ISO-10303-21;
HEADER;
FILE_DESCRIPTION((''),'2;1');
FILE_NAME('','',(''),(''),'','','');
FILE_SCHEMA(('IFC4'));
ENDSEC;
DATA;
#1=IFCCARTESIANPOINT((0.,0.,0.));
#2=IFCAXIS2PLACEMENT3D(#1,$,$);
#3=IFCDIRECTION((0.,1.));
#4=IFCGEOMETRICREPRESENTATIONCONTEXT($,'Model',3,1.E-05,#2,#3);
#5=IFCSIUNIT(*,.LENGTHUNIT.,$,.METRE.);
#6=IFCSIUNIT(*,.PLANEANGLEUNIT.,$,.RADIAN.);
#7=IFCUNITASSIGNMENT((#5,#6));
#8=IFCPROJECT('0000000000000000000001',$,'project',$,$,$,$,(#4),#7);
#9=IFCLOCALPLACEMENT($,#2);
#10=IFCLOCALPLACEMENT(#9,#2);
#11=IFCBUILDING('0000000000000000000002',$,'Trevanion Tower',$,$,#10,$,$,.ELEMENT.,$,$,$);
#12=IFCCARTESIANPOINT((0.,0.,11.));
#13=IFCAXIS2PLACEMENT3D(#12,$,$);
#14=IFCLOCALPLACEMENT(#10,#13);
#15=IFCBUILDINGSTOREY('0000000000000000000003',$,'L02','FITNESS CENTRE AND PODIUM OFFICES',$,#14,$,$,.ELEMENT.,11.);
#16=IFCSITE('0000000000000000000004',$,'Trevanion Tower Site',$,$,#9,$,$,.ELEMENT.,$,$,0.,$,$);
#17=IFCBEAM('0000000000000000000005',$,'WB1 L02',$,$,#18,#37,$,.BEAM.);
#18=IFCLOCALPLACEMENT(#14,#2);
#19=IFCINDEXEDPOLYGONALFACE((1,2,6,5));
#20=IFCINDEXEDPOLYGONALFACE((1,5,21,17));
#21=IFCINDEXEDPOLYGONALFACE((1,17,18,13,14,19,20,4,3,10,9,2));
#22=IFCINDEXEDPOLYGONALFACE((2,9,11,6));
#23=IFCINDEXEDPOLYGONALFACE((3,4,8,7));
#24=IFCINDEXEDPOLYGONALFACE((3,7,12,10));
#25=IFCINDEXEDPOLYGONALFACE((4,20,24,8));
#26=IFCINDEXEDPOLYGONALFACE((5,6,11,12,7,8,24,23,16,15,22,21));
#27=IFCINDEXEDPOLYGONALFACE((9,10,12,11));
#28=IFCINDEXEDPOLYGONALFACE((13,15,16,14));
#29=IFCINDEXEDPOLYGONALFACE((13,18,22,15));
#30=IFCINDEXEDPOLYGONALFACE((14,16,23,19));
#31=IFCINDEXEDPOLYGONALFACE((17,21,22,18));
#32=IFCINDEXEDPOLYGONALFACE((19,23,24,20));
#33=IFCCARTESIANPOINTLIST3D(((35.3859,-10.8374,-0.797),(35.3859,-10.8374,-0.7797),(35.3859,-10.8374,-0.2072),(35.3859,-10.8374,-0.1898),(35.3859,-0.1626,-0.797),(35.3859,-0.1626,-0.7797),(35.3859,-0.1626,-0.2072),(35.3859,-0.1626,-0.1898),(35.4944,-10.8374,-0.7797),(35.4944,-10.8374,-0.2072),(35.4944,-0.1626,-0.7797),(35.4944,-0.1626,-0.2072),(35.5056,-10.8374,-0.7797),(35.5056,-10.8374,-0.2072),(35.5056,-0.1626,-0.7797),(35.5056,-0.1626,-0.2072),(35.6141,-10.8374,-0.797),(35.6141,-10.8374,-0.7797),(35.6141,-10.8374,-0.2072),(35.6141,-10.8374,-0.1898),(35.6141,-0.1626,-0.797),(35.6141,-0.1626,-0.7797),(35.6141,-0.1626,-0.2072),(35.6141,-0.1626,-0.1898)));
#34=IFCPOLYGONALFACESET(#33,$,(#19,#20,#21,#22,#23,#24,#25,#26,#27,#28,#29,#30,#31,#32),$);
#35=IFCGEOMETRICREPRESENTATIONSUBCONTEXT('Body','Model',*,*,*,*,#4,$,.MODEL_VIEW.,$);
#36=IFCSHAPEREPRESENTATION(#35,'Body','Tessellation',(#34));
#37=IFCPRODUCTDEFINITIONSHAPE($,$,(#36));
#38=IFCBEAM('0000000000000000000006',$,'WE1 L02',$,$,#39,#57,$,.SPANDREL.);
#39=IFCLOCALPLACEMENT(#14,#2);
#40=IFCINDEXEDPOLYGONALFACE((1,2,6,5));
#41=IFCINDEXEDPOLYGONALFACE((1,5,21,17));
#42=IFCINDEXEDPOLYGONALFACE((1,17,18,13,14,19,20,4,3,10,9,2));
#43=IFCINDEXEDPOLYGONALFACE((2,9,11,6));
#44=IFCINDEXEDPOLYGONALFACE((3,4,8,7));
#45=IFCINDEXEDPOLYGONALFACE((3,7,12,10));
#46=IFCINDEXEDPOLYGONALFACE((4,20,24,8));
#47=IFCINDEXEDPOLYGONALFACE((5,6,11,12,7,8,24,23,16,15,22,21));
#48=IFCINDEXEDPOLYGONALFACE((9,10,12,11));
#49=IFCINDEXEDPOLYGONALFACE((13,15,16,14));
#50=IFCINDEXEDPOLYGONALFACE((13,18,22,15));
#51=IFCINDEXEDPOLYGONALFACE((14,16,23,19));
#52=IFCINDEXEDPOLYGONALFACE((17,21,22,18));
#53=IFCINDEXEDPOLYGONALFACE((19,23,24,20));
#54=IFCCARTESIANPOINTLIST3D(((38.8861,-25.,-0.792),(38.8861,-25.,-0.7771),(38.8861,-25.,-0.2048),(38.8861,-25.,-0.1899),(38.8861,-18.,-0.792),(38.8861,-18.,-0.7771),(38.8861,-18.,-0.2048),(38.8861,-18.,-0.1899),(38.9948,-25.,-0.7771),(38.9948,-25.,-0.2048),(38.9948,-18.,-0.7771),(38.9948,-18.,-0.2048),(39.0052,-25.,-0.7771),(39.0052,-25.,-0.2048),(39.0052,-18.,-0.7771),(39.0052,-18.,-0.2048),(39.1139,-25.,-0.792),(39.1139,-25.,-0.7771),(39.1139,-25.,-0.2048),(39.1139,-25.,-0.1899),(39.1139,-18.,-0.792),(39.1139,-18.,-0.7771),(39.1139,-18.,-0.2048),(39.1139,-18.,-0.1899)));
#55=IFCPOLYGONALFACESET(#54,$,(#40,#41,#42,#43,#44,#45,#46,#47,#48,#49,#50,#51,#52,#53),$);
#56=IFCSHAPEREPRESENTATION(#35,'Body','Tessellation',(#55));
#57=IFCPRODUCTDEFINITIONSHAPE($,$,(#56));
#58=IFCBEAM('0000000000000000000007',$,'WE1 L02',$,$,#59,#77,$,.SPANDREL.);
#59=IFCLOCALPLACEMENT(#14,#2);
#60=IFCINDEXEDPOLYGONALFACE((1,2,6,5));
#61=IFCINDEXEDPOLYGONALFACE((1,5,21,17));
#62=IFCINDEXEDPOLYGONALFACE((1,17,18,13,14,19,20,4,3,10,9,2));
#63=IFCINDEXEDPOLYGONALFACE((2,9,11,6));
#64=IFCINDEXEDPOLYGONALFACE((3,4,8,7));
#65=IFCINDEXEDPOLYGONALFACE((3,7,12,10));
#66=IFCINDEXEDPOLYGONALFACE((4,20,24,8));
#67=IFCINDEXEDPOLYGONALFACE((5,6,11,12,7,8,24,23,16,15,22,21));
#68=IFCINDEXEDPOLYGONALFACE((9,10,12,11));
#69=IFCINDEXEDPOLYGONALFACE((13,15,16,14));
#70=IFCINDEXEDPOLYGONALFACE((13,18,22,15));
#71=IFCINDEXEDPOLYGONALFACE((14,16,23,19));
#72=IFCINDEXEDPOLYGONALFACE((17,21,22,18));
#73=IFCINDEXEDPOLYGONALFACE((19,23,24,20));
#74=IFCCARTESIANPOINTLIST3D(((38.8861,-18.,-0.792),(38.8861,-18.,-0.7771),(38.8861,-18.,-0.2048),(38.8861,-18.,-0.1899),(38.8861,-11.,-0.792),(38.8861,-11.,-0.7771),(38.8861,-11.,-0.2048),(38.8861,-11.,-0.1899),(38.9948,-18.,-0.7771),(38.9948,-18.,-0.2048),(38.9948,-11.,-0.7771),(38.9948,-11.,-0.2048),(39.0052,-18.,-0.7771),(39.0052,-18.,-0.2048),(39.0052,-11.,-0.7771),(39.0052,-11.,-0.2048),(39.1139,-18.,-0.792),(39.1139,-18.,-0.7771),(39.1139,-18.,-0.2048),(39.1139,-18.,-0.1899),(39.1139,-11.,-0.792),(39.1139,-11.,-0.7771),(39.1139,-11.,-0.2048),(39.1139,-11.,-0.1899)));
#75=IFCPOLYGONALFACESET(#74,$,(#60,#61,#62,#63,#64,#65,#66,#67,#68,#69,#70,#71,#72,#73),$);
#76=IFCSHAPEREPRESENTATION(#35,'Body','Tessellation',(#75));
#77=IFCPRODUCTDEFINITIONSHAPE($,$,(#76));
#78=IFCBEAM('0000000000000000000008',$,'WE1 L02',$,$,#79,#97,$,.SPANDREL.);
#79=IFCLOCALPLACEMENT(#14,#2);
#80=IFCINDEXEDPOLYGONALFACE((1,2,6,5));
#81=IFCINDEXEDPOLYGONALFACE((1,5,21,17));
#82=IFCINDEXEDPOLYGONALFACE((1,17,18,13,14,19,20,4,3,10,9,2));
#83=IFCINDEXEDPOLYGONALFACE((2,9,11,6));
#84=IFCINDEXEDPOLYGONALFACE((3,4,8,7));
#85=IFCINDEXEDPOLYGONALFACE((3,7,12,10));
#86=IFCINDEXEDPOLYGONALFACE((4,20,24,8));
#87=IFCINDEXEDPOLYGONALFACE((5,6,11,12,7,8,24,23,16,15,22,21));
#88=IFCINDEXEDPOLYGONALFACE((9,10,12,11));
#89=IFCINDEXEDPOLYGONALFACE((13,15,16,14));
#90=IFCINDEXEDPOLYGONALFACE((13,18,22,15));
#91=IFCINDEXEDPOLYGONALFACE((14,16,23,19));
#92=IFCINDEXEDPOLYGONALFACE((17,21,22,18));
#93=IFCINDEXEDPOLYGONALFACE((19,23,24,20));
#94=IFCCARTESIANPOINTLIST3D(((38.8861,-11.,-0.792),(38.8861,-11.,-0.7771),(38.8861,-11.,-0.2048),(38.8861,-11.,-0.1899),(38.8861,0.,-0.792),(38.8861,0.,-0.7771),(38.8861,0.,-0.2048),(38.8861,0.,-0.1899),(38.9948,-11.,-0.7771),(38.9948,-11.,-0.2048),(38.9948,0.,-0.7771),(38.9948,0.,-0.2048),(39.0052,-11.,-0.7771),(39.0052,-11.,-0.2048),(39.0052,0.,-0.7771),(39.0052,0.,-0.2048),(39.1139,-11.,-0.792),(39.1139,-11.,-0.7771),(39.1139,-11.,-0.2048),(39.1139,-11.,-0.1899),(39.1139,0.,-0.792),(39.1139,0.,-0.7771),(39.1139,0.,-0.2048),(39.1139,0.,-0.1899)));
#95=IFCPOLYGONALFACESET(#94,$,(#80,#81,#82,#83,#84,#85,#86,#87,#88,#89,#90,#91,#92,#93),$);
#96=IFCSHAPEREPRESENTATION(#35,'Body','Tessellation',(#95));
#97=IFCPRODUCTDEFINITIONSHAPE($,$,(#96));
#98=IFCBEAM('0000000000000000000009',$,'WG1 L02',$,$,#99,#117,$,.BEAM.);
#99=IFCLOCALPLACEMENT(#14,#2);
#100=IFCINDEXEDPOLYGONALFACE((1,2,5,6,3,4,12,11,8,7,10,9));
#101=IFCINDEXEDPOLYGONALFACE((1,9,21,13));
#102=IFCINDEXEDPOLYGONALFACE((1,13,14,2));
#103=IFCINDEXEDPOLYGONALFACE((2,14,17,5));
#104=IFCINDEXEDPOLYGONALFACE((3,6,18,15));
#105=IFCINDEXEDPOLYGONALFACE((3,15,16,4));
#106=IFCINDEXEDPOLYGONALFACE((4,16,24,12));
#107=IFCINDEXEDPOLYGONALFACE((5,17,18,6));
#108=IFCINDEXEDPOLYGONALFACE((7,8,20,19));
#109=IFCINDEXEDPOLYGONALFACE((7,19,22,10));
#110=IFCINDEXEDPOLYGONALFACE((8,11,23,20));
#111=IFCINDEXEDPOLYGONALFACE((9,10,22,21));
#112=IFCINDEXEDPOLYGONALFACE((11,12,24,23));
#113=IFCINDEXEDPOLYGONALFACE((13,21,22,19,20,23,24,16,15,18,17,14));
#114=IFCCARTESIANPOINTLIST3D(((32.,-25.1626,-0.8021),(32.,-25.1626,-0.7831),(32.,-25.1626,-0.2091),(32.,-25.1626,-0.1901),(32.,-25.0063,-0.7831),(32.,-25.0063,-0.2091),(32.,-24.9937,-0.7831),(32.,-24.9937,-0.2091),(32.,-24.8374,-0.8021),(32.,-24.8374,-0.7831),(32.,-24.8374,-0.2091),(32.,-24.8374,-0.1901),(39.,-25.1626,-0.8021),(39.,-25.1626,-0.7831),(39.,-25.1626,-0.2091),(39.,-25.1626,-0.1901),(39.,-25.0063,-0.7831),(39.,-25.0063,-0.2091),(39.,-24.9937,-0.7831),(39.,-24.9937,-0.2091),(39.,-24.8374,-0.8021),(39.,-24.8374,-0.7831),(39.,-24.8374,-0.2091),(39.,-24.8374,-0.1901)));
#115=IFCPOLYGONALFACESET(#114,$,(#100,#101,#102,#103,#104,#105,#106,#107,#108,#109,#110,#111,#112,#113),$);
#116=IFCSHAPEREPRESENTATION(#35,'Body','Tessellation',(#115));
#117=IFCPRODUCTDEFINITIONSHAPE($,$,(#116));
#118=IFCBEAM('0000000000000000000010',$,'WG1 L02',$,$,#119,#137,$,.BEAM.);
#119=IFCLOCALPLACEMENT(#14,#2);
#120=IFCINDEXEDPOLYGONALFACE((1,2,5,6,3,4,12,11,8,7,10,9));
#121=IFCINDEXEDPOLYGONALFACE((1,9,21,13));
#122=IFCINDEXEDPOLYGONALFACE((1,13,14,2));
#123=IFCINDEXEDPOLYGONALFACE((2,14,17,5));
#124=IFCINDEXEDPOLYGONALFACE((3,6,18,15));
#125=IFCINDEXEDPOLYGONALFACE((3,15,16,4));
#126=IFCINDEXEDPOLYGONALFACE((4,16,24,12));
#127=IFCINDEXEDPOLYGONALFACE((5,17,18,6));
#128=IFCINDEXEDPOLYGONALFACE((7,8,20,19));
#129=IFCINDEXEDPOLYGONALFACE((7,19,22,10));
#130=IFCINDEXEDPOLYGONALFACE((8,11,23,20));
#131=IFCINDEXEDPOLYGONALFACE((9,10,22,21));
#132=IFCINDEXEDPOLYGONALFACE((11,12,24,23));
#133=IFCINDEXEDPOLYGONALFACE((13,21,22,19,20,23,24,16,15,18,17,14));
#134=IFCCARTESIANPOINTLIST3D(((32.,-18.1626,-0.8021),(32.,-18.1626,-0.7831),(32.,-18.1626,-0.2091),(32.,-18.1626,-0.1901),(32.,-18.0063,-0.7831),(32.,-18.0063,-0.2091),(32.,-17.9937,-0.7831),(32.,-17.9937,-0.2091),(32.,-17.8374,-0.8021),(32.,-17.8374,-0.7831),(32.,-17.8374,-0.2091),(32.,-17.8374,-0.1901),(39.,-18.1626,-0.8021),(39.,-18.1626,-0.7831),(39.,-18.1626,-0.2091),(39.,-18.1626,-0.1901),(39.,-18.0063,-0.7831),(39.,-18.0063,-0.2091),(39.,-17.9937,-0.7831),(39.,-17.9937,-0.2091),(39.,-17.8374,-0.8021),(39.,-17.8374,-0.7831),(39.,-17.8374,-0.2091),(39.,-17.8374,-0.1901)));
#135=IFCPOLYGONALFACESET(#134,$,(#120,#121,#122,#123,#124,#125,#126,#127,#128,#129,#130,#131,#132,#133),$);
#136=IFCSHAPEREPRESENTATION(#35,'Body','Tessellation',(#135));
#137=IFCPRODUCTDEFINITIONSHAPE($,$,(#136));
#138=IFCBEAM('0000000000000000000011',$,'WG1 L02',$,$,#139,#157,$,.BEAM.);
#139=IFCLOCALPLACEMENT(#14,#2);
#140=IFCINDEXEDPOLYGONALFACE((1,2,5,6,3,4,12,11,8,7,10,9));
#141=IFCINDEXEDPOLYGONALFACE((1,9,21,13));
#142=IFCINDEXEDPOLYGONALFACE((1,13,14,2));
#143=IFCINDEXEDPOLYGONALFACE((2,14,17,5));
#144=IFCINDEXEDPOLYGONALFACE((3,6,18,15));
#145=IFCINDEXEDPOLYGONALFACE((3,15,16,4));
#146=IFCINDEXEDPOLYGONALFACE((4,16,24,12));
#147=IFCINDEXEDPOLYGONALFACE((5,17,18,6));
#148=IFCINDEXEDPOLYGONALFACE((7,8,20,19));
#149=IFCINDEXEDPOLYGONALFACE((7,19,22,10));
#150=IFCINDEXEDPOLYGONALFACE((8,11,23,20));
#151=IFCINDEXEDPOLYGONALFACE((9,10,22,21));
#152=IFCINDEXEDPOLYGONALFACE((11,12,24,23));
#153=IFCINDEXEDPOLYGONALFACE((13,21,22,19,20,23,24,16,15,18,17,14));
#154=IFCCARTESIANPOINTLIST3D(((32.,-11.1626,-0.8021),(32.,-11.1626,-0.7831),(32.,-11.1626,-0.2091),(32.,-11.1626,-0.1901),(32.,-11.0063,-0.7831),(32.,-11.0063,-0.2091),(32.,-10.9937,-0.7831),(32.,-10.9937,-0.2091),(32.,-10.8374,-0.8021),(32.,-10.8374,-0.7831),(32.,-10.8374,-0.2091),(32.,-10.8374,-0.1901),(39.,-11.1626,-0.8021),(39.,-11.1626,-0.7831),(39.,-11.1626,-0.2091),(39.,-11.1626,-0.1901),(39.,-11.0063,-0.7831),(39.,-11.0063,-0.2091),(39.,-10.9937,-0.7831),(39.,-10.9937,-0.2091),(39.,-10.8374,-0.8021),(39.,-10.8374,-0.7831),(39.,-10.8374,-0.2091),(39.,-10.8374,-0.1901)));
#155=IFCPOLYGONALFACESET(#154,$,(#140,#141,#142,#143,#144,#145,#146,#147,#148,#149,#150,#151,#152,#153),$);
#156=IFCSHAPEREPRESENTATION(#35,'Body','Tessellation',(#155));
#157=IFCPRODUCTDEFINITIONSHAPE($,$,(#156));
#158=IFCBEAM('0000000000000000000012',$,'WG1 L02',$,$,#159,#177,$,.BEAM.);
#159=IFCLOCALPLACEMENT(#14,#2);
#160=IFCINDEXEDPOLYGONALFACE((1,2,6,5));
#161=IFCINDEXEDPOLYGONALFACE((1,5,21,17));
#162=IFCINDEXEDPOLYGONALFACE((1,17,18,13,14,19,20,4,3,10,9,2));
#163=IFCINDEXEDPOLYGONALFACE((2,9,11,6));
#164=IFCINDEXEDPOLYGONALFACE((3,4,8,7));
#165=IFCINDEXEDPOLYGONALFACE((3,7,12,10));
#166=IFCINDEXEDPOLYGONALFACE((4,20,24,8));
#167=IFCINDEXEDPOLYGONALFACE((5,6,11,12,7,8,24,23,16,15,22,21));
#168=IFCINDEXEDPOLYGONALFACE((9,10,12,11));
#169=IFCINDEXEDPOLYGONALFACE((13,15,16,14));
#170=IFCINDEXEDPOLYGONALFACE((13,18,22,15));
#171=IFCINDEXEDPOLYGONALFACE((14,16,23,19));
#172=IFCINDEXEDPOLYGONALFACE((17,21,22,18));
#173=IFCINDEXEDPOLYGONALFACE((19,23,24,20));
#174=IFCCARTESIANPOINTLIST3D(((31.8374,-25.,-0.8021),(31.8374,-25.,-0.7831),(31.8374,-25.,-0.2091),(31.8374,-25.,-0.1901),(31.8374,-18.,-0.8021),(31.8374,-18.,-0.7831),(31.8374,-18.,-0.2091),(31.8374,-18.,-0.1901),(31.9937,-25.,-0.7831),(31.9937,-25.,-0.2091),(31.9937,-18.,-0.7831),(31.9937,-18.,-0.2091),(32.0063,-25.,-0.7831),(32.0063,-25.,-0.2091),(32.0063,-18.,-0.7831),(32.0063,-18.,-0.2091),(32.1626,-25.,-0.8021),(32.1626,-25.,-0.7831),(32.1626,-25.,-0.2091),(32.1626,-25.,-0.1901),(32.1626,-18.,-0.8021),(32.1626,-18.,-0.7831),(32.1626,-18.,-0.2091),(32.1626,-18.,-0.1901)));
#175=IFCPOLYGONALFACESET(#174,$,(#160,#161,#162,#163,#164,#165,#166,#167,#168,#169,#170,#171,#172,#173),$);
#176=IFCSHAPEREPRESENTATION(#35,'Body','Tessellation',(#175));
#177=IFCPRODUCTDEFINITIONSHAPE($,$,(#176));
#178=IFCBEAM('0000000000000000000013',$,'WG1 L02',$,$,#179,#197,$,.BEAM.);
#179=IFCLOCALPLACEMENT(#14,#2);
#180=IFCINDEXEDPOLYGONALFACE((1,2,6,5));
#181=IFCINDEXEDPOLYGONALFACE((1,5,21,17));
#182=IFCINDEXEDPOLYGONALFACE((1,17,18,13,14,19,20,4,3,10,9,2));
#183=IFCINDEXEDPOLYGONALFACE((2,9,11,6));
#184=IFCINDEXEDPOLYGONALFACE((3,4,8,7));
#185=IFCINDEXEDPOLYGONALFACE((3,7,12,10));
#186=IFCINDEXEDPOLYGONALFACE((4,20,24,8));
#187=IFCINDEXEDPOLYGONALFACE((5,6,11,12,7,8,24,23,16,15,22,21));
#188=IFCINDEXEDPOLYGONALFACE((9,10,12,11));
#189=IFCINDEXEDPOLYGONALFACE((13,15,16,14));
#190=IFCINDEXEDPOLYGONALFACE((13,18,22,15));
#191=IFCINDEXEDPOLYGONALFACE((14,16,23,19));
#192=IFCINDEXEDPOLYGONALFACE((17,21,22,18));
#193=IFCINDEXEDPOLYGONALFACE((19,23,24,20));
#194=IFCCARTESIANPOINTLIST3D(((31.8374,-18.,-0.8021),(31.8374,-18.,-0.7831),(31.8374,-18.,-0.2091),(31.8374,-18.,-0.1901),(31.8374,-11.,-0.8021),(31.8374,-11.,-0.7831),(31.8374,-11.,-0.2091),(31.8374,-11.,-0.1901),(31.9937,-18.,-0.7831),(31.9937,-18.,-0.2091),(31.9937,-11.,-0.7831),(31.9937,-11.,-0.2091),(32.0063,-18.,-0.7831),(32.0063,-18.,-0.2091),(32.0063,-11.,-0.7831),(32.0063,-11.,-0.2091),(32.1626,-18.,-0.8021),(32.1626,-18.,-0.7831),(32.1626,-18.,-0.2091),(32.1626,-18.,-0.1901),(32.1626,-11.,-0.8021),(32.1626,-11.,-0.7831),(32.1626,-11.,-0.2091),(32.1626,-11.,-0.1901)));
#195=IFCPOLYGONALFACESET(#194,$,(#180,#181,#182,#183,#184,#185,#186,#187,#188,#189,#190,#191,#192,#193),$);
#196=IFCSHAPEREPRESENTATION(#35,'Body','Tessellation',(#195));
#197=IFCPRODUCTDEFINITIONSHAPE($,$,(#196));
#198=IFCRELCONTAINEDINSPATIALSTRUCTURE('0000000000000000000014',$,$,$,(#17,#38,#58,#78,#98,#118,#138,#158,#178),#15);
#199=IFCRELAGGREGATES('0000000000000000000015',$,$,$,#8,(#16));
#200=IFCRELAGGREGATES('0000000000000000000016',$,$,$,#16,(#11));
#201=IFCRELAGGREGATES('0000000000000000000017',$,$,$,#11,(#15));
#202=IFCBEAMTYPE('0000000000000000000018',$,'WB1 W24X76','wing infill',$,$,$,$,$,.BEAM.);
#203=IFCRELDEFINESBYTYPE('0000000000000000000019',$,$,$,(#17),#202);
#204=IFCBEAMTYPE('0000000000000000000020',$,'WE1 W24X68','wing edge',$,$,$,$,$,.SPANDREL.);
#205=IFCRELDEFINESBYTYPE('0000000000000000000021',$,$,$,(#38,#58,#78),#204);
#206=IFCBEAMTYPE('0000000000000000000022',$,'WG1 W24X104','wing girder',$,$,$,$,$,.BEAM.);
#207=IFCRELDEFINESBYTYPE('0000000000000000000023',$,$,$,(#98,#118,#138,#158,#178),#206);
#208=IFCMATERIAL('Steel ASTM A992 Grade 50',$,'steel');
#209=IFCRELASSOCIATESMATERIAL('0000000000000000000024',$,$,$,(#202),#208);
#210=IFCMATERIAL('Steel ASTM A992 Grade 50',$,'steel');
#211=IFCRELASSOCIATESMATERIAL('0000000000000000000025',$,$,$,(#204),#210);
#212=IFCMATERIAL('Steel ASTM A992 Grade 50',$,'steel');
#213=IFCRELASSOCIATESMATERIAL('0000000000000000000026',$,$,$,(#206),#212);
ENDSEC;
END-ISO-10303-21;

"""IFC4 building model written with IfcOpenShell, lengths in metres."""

from ifc_helpers import new_model, si_unit, direction, frame, origin, origin_2d, place, context, subcontext, project, spatial, i_section, extrude, material, material_profile, profile_set, type_object, element, save


model = new_model("IFC4")

# Units and contexts
model_context = context("Model", 3, precision=1e-05, world=origin(), true_north=direction((0.0, 1.0)))
body_context = subcontext(model_context, "Body", "Model", "MODEL_VIEW")
ifc_project = project(units=[si_unit("LENGTHUNIT", "METRE"), si_unit("PLANEANGLEUNIT", "RADIAN")], contexts=[model_context])

# Site, building, storey
site_placement = place(None, origin())
site = spatial("IfcSite", under=ifc_project, at=site_placement, Name="Trevanion Tower Site", CompositionType="ELEMENT", RefElevation=0.0)
building_placement = place(site_placement, origin())
building = spatial("IfcBuilding", under=site, at=building_placement, Name="Trevanion Tower", CompositionType="ELEMENT")
storey_placement = place(building_placement, frame((0.0, 0.0, 11.0)))
storey = spatial("IfcBuildingStorey", under=building, at=storey_placement, Name="L02", Description="FITNESS CENTRE AND PODIUM OFFICES", CompositionType="ELEMENT", Elevation=11.0)

# Beams
ifc_material_1 = material(Name="Steel ASTM A992 Grade 50", Category="steel")
ifc_material_profile_1 = material_profile(ifc_material_1, i_section(OverallWidth=0.2283, OverallDepth=0.6072, WebThickness=0.0112, FlangeThickness=0.0173, at=origin_2d()), Name="W24X76")
ifc_profile_set_1 = profile_set([ifc_material_profile_1], Name="Steel ASTM A992 Grade 50")
beam_type_1 = type_object("IfcBeamType", Name="WB1 W24X76", Description="wing infill", PredefinedType="BEAM", material=ifc_profile_set_1)
beam_1_placement = place(storey_placement, frame((35.5, -10.8374, -0.4934), z_axis=(0.0, 1.0, 0.0), x_axis=(-1.0, 0.0, 0.0)))
element("IfcBeam", 1, at=beam_1_placement, inside=storey, type_object=beam_type_1, Name="WB1 L02", PredefinedType="BEAM", context=body_context, shape_type="SweptSolid", body=[
    extrude(i_section(OverallWidth=0.2283, OverallDepth=0.6072, WebThickness=0.0112, FlangeThickness=0.0173, at=origin_2d()), origin(), (0.0, 0.0, 1.0), 10.6748),
])
ifc_material_2 = material(Name="Steel ASTM A992 Grade 50", Category="steel")
ifc_material_profile_2 = material_profile(ifc_material_2, i_section(OverallWidth=0.2278, OverallDepth=0.6021, WebThickness=0.0105, FlangeThickness=0.0149, at=origin_2d()), Name="W24X68")
ifc_profile_set_2 = profile_set([ifc_material_profile_2], Name="Steel ASTM A992 Grade 50")
beam_type_2 = type_object("IfcBeamType", Name="WE1 W24X68", Description="wing edge", PredefinedType="SPANDREL", material=ifc_profile_set_2)
for number, where, z_axis, x_axis, name in (
    (2, (39.0, -25.0, -0.491), (0.0, 1.0, 0.0), (-1.0, 0.0, 0.0), "WE1 L02"),
    (3, (39.0, -18.0, -0.491), (0.0, 1.0, 0.0), (-1.0, 0.0, 0.0), "WE1 L02"),
):
    element("IfcBeam", number, at=place(storey_placement, frame(where, z_axis=z_axis, x_axis=x_axis)), inside=storey, type_object=beam_type_2, Name=name, PredefinedType="SPANDREL", context=body_context, shape_type="SweptSolid", body=[
        extrude(i_section(OverallWidth=0.2278, OverallDepth=0.6021, WebThickness=0.0105, FlangeThickness=0.0149, at=origin_2d()), origin(), (0.0, 0.0, 1.0), 7.0),
    ])
beam_2_placement = place(storey_placement, frame((39.0, -11.0, -0.491), z_axis=(0.0, 1.0, 0.0), x_axis=(-1.0, 0.0, 0.0)))
element("IfcBeam", 4, at=beam_2_placement, inside=storey, type_object=beam_type_2, Name="WE1 L02", PredefinedType="SPANDREL", context=body_context, shape_type="SweptSolid", body=[
    extrude(i_section(OverallWidth=0.2278, OverallDepth=0.6021, WebThickness=0.0105, FlangeThickness=0.0149, at=origin_2d()), origin(), (0.0, 0.0, 1.0), 11.0),
])
ifc_material_3 = material(Name="Steel ASTM A992 Grade 50", Category="steel")
ifc_material_profile_3 = material_profile(ifc_material_3, i_section(OverallWidth=0.3252, OverallDepth=0.6121, WebThickness=0.0127, FlangeThickness=0.019, at=origin_2d()), Name="W24X104")
ifc_profile_set_3 = profile_set([ifc_material_profile_3], Name="Steel ASTM A992 Grade 50")
beam_type_3 = type_object("IfcBeamType", Name="WG1 W24X104", Description="wing girder", PredefinedType="BEAM", material=ifc_profile_set_3)
for number, where, z_axis, x_axis, name in (
    (5, (32.0, -25.0, -0.4961), (1.0, 0.0, 0.0), (0.0, 1.0, 0.0), "WG1 L02"),
    (6, (32.0, -18.0, -0.4961), (1.0, 0.0, 0.0), (0.0, 1.0, 0.0), "WG1 L02"),
    (7, (32.0, -11.0, -0.4961), (1.0, 0.0, 0.0), (0.0, 1.0, 0.0), "WG1 L02"),
    (8, (32.0, -25.0, -0.4961), (0.0, 1.0, 0.0), (-1.0, 0.0, 0.0), "WG1 L02"),
    (9, (32.0, -18.0, -0.4961), (0.0, 1.0, 0.0), (-1.0, 0.0, 0.0), "WG1 L02"),
):
    element("IfcBeam", number, at=place(storey_placement, frame(where, z_axis=z_axis, x_axis=x_axis)), inside=storey, type_object=beam_type_3, Name=name, PredefinedType="BEAM", context=body_context, shape_type="SweptSolid", body=[
        extrude(i_section(OverallWidth=0.3252, OverallDepth=0.6121, WebThickness=0.0127, FlangeThickness=0.019, at=origin_2d()), origin(), (0.0, 0.0, 1.0), 7.0),
    ])

save(model, "model.ifc")
